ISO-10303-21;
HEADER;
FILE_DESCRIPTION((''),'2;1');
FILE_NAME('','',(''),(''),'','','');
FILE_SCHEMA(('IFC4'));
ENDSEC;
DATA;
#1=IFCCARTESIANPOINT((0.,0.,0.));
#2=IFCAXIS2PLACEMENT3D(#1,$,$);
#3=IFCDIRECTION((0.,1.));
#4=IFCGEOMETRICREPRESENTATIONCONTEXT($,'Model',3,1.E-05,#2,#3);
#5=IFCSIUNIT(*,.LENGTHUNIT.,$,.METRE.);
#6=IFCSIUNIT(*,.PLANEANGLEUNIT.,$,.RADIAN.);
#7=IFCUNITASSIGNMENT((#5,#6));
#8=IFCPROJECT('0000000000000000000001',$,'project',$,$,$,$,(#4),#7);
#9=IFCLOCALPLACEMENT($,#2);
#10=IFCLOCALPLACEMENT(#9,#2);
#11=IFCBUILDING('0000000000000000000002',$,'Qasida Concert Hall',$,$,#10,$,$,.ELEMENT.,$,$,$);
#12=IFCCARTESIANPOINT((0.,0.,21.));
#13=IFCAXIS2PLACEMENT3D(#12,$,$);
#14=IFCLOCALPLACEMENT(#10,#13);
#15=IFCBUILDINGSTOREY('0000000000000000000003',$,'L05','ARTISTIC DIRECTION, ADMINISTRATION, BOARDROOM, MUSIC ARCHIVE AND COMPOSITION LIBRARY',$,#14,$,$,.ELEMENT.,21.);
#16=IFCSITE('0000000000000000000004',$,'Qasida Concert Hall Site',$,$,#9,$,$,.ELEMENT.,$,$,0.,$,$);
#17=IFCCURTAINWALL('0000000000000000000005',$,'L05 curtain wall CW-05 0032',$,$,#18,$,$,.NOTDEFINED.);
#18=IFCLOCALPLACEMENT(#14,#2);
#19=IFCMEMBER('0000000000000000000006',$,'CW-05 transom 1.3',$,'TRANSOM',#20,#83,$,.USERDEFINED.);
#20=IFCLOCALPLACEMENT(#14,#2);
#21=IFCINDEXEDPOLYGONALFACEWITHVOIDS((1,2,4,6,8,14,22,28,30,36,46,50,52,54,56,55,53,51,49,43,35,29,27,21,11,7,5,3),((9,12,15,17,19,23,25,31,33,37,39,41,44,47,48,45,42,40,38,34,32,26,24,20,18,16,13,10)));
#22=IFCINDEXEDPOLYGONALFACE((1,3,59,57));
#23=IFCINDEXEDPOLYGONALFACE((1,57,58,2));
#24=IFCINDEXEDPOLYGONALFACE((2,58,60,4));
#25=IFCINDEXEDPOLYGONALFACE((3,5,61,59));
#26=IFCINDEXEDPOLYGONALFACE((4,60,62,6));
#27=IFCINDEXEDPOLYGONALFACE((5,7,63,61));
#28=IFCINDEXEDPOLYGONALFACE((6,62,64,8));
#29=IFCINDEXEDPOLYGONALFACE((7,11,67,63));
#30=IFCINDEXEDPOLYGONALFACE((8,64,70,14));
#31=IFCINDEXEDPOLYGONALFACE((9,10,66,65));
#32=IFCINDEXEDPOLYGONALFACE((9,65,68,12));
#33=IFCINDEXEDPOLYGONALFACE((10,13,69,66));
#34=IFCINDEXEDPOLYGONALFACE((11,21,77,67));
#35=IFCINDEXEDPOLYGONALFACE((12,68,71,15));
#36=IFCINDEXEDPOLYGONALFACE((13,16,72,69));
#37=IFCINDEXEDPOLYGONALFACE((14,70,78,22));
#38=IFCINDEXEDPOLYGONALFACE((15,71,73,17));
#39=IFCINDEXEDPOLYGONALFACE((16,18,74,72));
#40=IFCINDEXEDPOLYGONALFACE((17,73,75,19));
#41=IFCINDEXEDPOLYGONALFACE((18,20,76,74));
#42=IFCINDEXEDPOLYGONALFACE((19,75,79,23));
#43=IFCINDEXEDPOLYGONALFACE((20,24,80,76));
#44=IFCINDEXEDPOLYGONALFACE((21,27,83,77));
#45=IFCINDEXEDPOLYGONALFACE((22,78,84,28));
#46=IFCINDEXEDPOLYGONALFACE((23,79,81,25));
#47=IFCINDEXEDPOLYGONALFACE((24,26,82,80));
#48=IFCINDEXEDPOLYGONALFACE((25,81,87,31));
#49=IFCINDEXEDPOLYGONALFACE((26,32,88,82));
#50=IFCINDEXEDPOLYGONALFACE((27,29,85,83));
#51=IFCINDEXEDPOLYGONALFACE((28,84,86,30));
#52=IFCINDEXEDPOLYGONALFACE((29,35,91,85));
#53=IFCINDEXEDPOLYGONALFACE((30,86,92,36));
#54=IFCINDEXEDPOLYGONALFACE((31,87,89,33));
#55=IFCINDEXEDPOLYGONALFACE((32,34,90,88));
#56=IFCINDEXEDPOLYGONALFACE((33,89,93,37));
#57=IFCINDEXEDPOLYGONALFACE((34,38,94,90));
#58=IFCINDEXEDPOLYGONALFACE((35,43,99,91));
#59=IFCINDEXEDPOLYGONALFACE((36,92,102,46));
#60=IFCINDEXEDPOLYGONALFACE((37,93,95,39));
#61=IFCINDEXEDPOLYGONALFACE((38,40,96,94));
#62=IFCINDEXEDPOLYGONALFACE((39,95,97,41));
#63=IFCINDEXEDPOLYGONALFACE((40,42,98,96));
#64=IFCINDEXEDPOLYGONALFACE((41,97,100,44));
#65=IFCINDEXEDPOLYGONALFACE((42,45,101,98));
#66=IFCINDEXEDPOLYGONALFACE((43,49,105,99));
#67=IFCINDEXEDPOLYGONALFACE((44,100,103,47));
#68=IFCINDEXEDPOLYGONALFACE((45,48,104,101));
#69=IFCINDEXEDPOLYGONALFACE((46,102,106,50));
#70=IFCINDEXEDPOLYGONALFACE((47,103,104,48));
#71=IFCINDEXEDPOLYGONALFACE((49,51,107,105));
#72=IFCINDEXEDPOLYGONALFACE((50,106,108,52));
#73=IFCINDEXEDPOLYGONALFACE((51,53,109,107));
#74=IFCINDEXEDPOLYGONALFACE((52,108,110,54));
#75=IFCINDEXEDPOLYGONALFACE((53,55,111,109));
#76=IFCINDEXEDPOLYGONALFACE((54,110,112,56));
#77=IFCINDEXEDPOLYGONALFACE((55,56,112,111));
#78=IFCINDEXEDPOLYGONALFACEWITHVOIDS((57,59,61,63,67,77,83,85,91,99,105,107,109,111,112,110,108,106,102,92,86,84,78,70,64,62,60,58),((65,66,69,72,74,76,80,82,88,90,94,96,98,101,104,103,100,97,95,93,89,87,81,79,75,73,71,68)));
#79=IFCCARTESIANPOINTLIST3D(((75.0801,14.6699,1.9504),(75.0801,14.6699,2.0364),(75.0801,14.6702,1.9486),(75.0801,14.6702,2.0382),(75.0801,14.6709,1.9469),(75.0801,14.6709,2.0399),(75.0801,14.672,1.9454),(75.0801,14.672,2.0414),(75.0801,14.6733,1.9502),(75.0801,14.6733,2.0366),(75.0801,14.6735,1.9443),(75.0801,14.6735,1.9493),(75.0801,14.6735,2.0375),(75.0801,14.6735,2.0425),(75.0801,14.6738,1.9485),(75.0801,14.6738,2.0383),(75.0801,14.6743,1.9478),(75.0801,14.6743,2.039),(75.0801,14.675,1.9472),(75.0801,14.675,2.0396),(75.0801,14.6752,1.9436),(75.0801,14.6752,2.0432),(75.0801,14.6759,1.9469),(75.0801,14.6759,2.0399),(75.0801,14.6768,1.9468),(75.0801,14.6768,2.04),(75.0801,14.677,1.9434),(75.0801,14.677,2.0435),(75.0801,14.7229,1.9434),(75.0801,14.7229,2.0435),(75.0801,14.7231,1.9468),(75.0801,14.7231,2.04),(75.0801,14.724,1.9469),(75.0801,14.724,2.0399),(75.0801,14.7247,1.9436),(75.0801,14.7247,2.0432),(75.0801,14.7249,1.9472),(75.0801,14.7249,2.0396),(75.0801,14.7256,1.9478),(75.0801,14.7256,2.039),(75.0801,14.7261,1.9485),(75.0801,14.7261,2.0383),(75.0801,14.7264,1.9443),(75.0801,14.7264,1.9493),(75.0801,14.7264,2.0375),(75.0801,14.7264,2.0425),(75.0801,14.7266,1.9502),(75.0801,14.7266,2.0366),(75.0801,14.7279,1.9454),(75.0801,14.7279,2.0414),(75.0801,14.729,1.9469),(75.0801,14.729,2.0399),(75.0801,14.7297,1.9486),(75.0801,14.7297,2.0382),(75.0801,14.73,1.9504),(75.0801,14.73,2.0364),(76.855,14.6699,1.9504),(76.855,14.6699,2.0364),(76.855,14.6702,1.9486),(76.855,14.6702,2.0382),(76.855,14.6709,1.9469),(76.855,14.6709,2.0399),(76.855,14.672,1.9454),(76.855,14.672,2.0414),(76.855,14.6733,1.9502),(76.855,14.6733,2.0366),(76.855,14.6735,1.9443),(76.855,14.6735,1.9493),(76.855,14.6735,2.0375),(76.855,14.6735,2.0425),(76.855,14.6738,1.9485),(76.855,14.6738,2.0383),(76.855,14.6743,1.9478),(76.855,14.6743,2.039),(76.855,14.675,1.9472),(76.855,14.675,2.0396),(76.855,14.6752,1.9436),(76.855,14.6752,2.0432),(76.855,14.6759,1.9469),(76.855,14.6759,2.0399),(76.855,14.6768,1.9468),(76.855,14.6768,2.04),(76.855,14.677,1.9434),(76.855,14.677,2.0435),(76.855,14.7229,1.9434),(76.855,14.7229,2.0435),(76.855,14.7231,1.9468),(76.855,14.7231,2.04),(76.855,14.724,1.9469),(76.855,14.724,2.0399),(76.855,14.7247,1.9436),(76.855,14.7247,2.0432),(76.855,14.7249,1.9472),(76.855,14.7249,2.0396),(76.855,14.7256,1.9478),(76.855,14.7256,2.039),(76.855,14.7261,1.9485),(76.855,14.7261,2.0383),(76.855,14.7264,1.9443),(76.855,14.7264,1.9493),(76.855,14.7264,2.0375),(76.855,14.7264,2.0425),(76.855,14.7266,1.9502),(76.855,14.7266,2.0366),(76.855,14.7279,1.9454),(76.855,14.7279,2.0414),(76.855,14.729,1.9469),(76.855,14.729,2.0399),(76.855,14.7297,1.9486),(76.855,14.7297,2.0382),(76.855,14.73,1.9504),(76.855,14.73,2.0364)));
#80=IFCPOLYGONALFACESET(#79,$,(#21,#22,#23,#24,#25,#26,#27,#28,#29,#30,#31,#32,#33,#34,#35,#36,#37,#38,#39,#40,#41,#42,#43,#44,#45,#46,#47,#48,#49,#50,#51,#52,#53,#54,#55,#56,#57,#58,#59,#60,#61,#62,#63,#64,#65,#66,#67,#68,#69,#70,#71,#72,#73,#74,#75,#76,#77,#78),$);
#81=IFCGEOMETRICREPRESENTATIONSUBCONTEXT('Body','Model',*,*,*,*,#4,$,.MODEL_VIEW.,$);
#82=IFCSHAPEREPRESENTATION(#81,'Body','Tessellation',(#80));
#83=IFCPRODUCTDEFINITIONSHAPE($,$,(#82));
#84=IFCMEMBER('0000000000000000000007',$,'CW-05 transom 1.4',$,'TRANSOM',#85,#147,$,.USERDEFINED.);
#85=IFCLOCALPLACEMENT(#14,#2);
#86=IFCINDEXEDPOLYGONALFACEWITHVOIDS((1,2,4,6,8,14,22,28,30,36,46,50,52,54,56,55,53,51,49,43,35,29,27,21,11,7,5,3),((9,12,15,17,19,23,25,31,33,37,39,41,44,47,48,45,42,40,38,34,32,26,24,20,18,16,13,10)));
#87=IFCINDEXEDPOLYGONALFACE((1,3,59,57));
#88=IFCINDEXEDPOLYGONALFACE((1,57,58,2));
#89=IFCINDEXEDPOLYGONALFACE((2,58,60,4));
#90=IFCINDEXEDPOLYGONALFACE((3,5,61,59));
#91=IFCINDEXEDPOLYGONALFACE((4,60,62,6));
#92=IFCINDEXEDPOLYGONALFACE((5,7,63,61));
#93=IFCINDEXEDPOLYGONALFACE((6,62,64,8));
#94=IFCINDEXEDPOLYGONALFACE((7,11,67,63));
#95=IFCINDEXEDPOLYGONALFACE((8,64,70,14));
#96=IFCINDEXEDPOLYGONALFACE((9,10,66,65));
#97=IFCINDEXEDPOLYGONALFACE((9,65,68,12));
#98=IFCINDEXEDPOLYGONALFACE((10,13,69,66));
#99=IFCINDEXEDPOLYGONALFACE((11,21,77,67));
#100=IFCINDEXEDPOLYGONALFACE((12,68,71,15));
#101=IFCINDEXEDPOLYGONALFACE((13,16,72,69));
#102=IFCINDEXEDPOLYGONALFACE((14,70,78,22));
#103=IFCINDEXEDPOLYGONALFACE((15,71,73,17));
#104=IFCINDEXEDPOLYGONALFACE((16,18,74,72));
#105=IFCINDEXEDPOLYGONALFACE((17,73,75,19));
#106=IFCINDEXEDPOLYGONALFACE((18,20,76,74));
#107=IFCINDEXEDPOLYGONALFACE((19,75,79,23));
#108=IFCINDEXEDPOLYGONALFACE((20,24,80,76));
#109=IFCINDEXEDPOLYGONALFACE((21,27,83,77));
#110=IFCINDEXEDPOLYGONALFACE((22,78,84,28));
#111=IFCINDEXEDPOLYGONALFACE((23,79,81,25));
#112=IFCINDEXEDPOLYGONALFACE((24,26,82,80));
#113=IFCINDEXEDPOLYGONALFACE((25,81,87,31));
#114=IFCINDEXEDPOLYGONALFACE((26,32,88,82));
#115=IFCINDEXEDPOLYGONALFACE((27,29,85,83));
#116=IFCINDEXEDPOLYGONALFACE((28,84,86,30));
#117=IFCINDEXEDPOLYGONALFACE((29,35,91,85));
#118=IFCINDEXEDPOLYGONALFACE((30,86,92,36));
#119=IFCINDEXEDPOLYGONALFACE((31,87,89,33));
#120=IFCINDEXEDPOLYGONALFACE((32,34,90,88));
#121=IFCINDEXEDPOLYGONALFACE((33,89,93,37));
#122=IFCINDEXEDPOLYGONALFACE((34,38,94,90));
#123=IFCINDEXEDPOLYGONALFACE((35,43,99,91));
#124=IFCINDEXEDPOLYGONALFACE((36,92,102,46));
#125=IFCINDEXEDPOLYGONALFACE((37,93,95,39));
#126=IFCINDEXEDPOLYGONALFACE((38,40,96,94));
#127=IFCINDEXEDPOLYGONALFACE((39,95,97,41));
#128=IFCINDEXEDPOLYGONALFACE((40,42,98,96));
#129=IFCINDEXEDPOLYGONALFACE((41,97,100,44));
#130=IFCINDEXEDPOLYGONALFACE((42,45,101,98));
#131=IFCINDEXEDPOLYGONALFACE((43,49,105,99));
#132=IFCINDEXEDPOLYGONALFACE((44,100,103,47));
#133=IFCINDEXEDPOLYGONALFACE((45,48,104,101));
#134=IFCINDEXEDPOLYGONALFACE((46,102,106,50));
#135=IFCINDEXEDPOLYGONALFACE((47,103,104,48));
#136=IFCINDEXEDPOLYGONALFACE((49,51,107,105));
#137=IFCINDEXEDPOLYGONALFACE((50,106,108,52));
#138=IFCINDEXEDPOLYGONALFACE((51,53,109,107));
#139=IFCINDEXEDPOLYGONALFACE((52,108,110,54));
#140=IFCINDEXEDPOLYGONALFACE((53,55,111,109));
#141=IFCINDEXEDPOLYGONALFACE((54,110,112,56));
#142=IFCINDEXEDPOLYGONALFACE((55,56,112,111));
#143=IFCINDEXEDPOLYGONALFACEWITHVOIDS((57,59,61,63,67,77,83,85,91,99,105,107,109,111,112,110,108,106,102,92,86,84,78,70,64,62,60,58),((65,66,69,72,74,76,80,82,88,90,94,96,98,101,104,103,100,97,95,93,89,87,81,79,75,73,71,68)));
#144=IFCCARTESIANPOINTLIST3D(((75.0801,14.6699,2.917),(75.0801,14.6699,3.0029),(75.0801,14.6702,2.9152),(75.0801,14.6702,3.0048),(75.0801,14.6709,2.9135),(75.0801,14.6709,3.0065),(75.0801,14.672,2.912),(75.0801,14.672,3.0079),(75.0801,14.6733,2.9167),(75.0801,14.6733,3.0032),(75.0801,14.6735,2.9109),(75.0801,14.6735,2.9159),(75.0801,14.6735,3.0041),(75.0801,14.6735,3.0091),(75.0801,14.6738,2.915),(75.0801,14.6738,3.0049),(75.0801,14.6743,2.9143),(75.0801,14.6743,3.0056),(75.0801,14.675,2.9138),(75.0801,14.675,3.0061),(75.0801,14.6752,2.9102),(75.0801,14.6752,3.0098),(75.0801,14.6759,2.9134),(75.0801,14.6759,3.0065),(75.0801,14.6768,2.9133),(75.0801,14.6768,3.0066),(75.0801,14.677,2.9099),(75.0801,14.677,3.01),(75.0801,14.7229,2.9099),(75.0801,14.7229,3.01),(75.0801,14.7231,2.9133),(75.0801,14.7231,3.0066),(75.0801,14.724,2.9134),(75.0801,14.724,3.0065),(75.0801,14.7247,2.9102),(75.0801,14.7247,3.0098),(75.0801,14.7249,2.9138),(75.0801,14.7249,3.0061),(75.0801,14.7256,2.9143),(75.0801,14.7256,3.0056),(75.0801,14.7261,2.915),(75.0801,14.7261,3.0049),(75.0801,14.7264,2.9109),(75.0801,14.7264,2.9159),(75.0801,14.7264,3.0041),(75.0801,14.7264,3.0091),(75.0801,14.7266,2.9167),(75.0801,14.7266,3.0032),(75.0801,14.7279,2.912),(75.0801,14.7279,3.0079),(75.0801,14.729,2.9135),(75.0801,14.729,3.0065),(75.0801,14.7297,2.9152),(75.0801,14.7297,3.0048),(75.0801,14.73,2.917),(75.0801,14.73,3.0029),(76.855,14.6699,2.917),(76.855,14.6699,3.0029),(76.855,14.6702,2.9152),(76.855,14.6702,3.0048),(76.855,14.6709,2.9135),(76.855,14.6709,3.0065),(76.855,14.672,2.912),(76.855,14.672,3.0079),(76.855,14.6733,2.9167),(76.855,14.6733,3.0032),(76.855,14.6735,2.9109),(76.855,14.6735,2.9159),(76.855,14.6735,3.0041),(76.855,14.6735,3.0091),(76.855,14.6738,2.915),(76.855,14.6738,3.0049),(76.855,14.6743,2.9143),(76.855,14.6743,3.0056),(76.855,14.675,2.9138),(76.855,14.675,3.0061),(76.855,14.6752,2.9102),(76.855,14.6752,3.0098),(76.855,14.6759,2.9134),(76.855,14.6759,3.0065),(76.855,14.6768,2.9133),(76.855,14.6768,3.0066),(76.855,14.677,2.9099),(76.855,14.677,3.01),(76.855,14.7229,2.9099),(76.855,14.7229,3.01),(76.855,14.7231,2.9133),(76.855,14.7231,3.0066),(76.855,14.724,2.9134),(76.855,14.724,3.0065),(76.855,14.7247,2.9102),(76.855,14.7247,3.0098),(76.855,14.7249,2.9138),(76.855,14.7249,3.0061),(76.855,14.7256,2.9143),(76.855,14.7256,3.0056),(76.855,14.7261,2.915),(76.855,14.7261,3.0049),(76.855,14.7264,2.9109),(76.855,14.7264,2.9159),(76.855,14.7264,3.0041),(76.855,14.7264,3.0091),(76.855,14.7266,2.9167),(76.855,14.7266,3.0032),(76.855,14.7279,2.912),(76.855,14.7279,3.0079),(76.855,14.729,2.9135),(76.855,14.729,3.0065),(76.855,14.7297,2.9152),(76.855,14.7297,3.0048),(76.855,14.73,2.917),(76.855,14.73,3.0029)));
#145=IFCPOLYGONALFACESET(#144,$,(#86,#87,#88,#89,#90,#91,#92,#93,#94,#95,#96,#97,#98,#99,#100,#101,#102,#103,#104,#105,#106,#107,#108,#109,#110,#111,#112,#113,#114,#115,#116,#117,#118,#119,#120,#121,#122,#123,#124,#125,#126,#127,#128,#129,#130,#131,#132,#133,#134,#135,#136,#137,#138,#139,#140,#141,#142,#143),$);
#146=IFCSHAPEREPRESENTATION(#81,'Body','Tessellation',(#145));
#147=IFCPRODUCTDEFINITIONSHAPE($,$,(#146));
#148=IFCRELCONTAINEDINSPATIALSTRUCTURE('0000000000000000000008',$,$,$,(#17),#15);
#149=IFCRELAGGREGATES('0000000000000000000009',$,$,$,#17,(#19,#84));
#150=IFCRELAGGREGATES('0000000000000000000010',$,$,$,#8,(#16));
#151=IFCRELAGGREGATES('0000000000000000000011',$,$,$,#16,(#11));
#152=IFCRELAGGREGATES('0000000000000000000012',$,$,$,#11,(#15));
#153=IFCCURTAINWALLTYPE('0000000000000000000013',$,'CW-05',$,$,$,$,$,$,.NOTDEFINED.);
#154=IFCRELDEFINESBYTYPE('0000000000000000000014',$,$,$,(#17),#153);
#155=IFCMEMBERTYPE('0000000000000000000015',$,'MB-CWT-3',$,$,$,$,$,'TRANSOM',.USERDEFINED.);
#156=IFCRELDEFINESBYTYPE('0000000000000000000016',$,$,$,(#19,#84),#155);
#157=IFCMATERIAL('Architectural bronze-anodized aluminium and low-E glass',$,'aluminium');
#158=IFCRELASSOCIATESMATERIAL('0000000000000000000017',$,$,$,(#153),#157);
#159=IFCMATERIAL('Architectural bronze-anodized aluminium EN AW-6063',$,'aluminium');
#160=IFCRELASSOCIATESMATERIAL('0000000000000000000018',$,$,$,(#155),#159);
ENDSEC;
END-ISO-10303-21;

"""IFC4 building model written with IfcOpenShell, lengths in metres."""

from ifc_helpers import new_model, si_unit, direction, frame, origin, origin_2d, place, context, subcontext, project, spatial, hollow_rectangle, extrude, material, material_profile, profile_set, type_object, element, aggregate, save


model = new_model("IFC4")

# Units and contexts
model_context = context("Model", 3, precision=1e-05, world=origin(), true_north=direction((0.0, 1.0)))
body_context = subcontext(model_context, "Body", "Model", "MODEL_VIEW")
ifc_project = project(units=[si_unit("LENGTHUNIT", "METRE"), si_unit("PLANEANGLEUNIT", "RADIAN")], contexts=[model_context])

# Site, building, storey
site_placement = place(None, origin())
site = spatial("IfcSite", under=ifc_project, at=site_placement, Name="Qasida Concert Hall Site", CompositionType="ELEMENT", RefElevation=0.0)
building_placement = place(site_placement, origin())
building = spatial("IfcBuilding", under=site, at=building_placement, Name="Qasida Concert Hall", CompositionType="ELEMENT")
storey_placement = place(building_placement, frame((0.0, 0.0, 21.0)))
storey = spatial("IfcBuildingStorey", under=building, at=storey_placement, Name="L05", Description="ARTISTIC DIRECTION, ADMINISTRATION, BOARDROOM, MUSIC ARCHIVE AND COMPOSITION LIBRARY", CompositionType="ELEMENT", Elevation=21.0)

# Shared definitions
ifc_material_1 = material(Name="Architectural bronze-anodized aluminium and low-E glass", Category="aluminium")
curtain_wall_type = type_object("IfcCurtainWallType", Name="CW-05", PredefinedType="NOTDEFINED", material=ifc_material_1)
ifc_material_2 = material(Name="Architectural bronze-anodized aluminium EN AW-6063", Category="aluminium")

# Curtain wall
curtain_wall_1_placement = place(storey_placement, origin())
curtain_wall_1 = element("IfcCurtainWall", 1, at=curtain_wall_1_placement, inside=storey, type_object=curtain_wall_type, Name="L05 curtain wall CW-05 0032", PredefinedType="NOTDEFINED")

# Members
ifc_material_profile_1 = material_profile(ifc_material_2, hollow_rectangle(XDim=0.0601, YDim=0.1001, WallThickness=0.0034, InnerFilletRadius=0.0034, OuterFilletRadius=0.0071, at=origin_2d()), Name="CWT 100x60x3.5")
ifc_profile_set_1 = profile_set([ifc_material_profile_1], Name="Architectural bronze-anodized aluminium EN AW-6063")
member_type_1 = type_object("IfcMemberType", Name="MB-CWT-3", ElementType="TRANSOM", PredefinedType="USERDEFINED", material=ifc_profile_set_1)
member_1_placement = place(storey_placement, frame((75.0801, 14.7, 1.9934), z_axis=(1.0, 0.0, 0.0), x_axis=(0.0, 1.0, 0.0)))
member_1 = element("IfcMember", 2, at=member_1_placement, type_object=member_type_1, Name="CW-05 transom 1.3", ObjectType="TRANSOM", PredefinedType="USERDEFINED", context=body_context, shape_type="SweptSolid", body=[
    extrude(hollow_rectangle(XDim=0.0601, YDim=0.1001, WallThickness=0.0034, InnerFilletRadius=0.0034, OuterFilletRadius=0.0071, at=origin_2d()), origin(), (0.0, 0.0, 1.0), 1.7749),
])
member_2_placement = place(storey_placement, frame((75.0801, 14.7, 2.96), z_axis=(1.0, 0.0, 0.0), x_axis=(0.0, 1.0, 0.0)))
member_2 = element("IfcMember", 3, at=member_2_placement, type_object=member_type_1, Name="CW-05 transom 1.4", ObjectType="TRANSOM", PredefinedType="USERDEFINED", context=body_context, shape_type="SweptSolid", body=[
    extrude(hollow_rectangle(XDim=0.0601, YDim=0.1001, WallThickness=0.0034, InnerFilletRadius=0.0034, OuterFilletRadius=0.0071, at=origin_2d()), origin(), (0.0, 0.0, 1.0), 1.7749),
])

aggregate(curtain_wall_1, [member_1, member_2])

save(model, "model.ifc")
